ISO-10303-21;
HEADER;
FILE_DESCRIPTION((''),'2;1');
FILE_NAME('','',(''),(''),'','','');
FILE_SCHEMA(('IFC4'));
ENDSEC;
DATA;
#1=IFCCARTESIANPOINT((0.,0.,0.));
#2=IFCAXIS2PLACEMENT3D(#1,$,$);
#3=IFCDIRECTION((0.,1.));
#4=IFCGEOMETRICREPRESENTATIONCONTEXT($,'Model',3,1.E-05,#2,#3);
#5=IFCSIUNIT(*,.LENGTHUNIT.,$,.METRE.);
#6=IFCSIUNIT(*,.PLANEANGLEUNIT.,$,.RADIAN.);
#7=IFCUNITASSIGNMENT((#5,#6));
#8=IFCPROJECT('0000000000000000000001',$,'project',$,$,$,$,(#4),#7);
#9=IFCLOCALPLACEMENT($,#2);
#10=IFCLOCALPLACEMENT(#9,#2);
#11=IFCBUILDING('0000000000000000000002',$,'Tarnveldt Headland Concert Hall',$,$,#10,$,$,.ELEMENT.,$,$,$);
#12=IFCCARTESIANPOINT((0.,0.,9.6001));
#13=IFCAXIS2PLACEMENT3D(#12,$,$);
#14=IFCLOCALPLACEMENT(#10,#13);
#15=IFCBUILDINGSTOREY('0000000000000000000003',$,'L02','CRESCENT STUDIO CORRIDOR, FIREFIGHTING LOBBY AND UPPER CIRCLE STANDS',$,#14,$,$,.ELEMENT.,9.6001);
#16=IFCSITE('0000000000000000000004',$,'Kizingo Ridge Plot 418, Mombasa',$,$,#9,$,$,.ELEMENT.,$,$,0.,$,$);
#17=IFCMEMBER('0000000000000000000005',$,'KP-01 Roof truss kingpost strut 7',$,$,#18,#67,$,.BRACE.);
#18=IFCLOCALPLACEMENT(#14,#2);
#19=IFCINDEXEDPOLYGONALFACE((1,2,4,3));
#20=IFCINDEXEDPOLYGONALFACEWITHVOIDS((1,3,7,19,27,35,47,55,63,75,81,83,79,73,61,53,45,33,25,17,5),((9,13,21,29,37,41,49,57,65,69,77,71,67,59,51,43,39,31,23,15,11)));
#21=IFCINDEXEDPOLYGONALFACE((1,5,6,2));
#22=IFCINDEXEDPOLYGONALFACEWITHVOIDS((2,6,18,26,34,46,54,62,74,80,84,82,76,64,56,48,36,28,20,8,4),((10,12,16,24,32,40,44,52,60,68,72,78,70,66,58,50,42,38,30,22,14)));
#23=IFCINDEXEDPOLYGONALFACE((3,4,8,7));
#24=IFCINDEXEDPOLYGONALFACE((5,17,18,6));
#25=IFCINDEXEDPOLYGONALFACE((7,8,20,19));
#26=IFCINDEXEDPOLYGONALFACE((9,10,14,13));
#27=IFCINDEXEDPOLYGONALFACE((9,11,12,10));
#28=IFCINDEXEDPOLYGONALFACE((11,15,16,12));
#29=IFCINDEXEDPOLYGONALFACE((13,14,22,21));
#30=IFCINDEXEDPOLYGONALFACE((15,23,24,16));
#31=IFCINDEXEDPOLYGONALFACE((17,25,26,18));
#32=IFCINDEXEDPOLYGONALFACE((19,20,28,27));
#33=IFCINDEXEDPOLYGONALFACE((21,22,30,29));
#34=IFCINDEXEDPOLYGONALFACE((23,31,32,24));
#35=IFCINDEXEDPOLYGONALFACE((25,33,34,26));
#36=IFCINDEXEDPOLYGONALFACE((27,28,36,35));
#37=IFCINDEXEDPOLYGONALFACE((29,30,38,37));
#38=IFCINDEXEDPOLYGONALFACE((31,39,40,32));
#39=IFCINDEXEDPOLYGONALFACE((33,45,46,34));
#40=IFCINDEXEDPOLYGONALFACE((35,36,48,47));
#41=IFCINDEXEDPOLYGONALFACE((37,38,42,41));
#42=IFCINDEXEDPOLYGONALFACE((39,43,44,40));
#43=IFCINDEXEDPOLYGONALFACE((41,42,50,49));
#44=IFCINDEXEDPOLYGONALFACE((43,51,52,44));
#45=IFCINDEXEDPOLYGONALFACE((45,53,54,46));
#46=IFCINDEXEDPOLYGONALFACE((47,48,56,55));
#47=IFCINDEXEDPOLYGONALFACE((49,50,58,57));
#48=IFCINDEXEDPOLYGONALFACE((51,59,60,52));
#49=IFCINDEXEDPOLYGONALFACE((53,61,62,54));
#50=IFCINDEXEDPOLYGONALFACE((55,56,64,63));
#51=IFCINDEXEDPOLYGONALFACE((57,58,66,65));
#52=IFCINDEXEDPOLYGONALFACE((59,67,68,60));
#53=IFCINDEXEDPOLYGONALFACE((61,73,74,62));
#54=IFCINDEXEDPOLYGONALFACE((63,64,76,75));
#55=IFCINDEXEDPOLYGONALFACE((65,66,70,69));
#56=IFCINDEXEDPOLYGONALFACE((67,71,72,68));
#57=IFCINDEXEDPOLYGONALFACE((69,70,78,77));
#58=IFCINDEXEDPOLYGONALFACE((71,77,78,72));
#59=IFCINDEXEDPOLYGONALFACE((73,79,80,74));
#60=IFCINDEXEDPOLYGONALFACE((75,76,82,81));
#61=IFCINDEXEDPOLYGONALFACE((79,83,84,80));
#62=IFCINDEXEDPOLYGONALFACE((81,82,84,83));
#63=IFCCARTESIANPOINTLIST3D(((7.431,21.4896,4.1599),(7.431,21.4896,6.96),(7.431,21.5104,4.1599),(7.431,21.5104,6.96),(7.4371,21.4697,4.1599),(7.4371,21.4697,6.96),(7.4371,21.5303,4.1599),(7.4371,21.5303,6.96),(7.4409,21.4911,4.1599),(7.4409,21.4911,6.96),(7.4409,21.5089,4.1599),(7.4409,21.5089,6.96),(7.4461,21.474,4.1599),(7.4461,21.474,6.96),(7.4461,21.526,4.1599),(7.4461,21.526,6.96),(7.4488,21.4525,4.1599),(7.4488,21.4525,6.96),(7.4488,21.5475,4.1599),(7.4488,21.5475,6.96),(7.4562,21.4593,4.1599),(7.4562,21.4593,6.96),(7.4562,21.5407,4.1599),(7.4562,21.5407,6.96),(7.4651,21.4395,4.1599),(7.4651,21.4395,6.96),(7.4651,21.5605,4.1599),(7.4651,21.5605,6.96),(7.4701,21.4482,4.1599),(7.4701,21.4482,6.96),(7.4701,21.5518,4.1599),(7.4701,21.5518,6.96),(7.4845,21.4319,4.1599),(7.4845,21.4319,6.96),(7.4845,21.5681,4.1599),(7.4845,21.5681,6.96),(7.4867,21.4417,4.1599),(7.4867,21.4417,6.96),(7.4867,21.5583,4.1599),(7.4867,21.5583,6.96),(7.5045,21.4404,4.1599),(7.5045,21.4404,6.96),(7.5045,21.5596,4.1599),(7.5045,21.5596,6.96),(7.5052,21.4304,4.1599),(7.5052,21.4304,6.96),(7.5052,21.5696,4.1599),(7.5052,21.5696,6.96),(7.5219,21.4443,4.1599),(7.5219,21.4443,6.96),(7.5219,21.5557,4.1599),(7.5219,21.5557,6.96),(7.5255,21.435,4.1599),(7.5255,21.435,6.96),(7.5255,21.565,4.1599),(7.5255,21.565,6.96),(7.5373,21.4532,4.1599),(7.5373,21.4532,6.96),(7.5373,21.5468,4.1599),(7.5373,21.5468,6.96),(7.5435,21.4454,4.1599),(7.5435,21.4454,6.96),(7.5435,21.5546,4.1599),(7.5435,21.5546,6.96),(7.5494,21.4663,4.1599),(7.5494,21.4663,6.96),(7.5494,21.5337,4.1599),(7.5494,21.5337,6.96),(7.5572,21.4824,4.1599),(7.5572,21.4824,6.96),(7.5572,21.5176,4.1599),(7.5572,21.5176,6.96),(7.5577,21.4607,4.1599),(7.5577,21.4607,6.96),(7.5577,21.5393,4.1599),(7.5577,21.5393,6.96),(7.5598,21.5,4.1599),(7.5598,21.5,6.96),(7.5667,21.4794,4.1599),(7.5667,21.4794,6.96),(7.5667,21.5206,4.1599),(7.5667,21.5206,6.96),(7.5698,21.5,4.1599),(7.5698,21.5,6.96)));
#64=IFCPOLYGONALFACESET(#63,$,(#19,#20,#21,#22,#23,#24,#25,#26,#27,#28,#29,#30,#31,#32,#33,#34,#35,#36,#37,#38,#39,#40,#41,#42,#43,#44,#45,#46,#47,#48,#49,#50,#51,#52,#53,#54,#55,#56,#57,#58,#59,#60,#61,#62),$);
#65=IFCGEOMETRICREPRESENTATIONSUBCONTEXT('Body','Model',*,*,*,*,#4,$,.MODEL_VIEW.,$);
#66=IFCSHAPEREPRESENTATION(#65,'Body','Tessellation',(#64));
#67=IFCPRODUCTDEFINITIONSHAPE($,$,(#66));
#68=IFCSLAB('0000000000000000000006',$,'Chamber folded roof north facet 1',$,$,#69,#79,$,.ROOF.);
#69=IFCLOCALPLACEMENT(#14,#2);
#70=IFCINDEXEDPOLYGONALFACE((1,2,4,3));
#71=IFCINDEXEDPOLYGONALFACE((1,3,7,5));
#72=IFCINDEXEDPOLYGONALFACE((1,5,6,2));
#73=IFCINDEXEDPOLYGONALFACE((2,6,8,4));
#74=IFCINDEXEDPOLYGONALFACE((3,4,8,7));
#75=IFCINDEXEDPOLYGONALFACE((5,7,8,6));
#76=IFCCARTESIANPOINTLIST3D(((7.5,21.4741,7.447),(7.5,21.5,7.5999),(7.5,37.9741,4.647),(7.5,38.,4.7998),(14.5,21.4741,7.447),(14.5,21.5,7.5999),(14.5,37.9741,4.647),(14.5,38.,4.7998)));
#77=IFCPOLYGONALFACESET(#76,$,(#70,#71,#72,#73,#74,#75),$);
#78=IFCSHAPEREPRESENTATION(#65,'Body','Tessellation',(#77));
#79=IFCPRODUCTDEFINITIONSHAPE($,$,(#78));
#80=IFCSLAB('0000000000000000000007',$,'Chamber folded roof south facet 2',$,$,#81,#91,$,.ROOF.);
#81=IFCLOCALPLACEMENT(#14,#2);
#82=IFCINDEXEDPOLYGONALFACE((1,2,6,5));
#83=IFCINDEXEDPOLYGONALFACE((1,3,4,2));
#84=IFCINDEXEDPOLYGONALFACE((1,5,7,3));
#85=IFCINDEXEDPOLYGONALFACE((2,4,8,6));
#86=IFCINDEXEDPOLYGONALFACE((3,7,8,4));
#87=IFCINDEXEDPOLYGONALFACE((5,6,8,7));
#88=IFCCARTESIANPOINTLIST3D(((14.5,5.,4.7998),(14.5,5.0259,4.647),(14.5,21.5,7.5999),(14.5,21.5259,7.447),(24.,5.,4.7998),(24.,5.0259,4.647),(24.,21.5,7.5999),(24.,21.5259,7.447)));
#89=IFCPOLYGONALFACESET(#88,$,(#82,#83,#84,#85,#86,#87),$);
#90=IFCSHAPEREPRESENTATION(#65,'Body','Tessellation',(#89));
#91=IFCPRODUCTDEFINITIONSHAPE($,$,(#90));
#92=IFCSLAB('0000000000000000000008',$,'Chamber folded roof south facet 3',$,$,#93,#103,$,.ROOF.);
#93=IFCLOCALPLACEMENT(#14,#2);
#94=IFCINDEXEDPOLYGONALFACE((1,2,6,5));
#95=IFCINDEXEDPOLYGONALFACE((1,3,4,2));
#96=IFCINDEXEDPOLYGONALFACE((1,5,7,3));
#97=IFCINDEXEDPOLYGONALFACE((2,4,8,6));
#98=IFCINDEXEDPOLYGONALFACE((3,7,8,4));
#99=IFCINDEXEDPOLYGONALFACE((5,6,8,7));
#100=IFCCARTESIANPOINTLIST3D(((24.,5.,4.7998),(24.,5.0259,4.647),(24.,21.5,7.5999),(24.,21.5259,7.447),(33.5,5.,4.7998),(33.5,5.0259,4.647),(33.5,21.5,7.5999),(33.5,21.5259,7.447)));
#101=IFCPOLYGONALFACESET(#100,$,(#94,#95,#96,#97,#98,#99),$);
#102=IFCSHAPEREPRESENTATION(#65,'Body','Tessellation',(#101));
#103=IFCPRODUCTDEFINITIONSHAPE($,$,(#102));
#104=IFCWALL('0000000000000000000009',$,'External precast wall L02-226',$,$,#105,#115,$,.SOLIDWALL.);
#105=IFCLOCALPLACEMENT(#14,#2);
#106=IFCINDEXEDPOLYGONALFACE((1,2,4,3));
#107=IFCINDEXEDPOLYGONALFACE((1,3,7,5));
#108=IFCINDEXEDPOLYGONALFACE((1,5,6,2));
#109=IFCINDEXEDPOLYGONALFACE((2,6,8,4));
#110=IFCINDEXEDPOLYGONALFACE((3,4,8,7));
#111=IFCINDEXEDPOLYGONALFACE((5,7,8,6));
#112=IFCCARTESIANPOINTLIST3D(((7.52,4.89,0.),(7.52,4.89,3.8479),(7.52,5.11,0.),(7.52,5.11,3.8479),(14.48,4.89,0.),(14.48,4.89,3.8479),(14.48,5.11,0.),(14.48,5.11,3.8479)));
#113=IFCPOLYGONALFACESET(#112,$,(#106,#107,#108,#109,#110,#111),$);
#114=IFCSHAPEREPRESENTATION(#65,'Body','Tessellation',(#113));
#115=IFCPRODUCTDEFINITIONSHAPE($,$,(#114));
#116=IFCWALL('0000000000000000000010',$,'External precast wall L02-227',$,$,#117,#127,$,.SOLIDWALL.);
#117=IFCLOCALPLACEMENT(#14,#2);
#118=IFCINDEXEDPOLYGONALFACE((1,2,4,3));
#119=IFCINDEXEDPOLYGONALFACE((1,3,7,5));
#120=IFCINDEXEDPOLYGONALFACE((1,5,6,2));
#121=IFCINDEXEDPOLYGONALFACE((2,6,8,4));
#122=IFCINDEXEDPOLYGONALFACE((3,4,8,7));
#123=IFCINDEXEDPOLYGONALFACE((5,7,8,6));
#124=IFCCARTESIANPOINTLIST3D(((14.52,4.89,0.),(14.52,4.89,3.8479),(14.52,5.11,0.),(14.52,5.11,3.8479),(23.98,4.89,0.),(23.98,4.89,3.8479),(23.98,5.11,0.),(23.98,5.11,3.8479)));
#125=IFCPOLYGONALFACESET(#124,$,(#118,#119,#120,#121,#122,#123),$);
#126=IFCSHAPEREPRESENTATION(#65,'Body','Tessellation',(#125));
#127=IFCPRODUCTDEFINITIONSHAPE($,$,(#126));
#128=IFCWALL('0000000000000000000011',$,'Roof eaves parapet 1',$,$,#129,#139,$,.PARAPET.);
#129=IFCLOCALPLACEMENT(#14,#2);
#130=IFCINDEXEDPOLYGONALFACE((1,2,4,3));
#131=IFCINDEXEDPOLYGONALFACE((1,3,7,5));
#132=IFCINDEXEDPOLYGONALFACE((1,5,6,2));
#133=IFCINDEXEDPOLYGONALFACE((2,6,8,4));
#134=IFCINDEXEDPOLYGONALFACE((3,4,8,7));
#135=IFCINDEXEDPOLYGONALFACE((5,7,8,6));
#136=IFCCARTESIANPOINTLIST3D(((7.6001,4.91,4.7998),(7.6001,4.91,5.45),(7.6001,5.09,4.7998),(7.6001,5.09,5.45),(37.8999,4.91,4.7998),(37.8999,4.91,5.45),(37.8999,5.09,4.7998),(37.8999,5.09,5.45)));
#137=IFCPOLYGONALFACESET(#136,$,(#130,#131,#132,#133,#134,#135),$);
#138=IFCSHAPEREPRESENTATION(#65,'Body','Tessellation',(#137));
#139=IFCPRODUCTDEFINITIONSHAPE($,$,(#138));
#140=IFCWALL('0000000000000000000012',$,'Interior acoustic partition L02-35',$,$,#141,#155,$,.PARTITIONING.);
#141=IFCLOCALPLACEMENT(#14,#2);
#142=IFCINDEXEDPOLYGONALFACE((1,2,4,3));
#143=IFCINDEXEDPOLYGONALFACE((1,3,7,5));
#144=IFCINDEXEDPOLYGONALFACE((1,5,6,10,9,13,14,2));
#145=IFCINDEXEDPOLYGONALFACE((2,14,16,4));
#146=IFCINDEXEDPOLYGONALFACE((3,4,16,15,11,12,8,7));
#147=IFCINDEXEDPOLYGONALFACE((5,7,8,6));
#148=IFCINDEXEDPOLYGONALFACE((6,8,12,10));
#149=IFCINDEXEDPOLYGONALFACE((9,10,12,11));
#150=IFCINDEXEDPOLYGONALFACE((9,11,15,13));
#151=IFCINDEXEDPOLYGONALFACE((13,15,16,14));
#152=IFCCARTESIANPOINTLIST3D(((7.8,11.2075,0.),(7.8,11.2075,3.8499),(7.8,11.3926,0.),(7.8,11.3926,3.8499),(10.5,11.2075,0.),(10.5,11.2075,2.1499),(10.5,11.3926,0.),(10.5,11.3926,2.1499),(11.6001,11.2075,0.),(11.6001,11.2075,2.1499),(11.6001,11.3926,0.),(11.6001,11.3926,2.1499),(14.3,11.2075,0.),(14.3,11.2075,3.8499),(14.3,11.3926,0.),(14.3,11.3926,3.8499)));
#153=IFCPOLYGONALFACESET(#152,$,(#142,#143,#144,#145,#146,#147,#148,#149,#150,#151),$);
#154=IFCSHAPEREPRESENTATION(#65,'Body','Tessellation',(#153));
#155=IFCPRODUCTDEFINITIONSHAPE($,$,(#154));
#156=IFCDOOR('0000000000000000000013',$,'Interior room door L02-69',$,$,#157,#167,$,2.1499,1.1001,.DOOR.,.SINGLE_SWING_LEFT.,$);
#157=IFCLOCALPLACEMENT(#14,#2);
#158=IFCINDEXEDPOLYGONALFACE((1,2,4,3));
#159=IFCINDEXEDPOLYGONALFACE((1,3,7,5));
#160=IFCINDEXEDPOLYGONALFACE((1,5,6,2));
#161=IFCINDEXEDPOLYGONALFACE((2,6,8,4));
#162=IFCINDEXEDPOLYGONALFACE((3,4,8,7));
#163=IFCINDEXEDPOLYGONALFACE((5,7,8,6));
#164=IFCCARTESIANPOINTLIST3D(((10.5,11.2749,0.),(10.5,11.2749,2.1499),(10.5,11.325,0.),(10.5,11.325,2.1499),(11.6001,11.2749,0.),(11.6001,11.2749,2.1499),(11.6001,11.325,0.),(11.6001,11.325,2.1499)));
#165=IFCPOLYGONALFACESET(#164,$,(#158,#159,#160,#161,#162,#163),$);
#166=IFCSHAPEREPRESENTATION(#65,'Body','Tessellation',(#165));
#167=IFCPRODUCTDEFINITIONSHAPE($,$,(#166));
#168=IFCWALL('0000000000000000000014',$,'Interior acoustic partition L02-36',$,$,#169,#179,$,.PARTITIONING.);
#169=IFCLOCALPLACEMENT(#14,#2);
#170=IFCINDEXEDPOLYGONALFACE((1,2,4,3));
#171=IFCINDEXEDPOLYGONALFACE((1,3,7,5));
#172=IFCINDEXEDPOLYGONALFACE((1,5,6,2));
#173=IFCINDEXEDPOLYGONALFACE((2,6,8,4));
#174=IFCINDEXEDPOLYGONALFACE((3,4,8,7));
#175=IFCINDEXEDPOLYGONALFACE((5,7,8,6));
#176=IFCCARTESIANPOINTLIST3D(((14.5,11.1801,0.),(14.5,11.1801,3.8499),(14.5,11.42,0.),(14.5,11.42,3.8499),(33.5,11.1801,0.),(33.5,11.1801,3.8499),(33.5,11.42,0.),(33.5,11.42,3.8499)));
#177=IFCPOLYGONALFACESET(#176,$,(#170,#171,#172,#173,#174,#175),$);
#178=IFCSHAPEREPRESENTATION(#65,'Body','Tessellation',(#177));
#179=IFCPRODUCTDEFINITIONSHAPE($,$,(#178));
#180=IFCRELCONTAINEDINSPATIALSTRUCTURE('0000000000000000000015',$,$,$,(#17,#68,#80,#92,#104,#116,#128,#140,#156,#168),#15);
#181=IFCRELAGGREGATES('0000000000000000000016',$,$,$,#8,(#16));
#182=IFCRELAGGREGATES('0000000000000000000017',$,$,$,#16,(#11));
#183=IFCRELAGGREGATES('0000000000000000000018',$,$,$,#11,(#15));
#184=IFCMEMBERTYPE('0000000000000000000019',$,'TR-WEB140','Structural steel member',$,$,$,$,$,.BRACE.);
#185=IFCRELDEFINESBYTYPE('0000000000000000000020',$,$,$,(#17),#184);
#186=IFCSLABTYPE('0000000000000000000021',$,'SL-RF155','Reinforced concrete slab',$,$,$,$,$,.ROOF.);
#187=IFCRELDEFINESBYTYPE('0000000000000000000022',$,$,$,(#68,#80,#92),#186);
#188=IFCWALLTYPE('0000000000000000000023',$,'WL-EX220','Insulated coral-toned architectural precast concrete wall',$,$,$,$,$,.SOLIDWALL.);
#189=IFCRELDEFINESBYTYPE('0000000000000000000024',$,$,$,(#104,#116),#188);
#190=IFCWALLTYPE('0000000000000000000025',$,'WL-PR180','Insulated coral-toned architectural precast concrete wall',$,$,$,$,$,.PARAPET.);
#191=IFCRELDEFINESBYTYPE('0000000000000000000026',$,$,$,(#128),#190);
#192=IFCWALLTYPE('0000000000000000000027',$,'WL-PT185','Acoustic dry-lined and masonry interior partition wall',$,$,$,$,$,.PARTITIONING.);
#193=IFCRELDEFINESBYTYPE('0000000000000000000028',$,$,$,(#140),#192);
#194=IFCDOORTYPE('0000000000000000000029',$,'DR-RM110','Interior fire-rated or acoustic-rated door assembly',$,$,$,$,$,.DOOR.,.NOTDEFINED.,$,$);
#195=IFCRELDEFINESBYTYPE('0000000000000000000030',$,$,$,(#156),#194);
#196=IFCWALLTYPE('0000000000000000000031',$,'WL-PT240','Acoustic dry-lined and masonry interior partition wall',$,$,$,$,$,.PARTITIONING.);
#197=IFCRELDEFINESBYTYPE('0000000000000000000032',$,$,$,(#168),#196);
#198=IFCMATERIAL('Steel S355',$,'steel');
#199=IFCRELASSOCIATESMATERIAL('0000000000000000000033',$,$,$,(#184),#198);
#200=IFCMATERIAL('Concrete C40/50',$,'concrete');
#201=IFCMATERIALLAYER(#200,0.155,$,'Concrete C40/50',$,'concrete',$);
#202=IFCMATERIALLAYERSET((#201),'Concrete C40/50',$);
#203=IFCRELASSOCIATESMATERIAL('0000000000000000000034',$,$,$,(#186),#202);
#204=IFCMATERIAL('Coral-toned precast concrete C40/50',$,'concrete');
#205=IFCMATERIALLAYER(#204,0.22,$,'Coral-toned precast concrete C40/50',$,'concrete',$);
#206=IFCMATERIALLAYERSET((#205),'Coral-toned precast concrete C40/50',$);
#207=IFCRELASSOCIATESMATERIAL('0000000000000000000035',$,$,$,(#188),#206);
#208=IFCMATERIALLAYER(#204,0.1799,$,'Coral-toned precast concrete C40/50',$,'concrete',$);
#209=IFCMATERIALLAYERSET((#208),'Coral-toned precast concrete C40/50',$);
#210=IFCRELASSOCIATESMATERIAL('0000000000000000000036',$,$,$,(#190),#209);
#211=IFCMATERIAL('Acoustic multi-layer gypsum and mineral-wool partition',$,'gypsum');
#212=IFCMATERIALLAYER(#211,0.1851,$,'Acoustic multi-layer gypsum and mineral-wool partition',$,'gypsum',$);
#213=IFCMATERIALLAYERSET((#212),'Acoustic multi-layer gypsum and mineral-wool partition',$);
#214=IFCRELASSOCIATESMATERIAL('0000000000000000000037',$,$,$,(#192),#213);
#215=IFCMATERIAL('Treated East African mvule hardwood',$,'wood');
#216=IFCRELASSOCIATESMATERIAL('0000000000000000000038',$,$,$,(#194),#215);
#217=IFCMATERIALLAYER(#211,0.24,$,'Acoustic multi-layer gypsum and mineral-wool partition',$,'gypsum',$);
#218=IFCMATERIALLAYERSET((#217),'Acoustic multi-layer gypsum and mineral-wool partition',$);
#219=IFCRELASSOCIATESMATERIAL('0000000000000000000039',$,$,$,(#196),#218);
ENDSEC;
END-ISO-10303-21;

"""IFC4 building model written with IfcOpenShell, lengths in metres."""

from ifc_helpers import new_model, si_unit, direction, frame, frame_2d, origin, origin_2d, place, context, subcontext, project, spatial, polyline, rectangle, hollow_circle, outline, extrude, material, layer, layer_set, material_profile, profile_set, type_object, element, fill, save


model = new_model("IFC4")

# Units and contexts
model_context = context("Model", 3, precision=1e-05, world=origin(), true_north=direction((0.0, 1.0)))
body_context = subcontext(model_context, "Body", "Model", "MODEL_VIEW")
ifc_project = project(units=[si_unit("LENGTHUNIT", "METRE"), si_unit("PLANEANGLEUNIT", "RADIAN")], contexts=[model_context])

# Site, building, storey
site_placement = place(None, origin())
site = spatial("IfcSite", under=ifc_project, at=site_placement, Name="Kizingo Ridge Plot 418, Mombasa", CompositionType="ELEMENT", RefElevation=0.0)
building_placement = place(site_placement, origin())
building = spatial("IfcBuilding", under=site, at=building_placement, Name="Tarnveldt Headland Concert Hall", CompositionType="ELEMENT")
storey_placement = place(building_placement, frame((0.0, 0.0, 9.6001)))
storey = spatial("IfcBuildingStorey", under=building, at=storey_placement, Name="L02", Description="CRESCENT STUDIO CORRIDOR, FIREFIGHTING LOBBY AND UPPER CIRCLE STANDS", CompositionType="ELEMENT", Elevation=9.6001)

# Shared definitions
ifc_material_1 = material(Name="Steel S355", Category="steel")

# Member
ifc_material_profile_1 = material_profile(ifc_material_1, hollow_circle(Radius=0.0698, WallThickness=0.01, at=origin_2d()), Name="CHS 139.7x10", Category="steel")
ifc_profile_set_1 = profile_set([ifc_material_profile_1], Name="Steel S355")
member_type_1 = type_object("IfcMemberType", Name="TR-WEB140", Description="Structural steel member", PredefinedType="BRACE", material=ifc_profile_set_1)
member_placement = place(storey_placement, frame((7.5, 21.5, 4.1599), z_axis=(0.0, 0.0, 1.0), x_axis=(1.0, 0.0, 0.0)))
element("IfcMember", 1, at=member_placement, inside=storey, type_object=member_type_1, Name="KP-01 Roof truss kingpost strut 7", PredefinedType="BRACE", context=body_context, shape_type="SweptSolid", body=[
    extrude(hollow_circle(Radius=0.0698, WallThickness=0.01, at=origin_2d()), origin(), (0.0, 0.0, 1.0), 2.8),
])

# Slabs
ifc_material_2 = material(Name="Concrete C40/50", Category="concrete")
ifc_layer_1 = layer(ifc_material_2, 0.155, Name="Concrete C40/50", Category="concrete")
ifc_layer_set_1 = layer_set([ifc_layer_1], Name="Concrete C40/50")
slab_type = type_object("IfcSlabType", Name="SL-RF155", Description="Reinforced concrete slab", PredefinedType="ROOF", material=ifc_layer_set_1)
slab_placement = place(storey_placement, frame((7.5, 21.5, 7.5999), z_axis=(0.0, 0.167308, 0.985905), x_axis=(1.0, 0.0, 0.0)))
element("IfcSlab", 2, at=slab_placement, inside=storey, type_object=slab_type, Name="Chamber folded roof north facet 1", PredefinedType="ROOF", context=body_context, shape_type="SweptSolid", body=[
    extrude(outline(polyline([(0.0, 0.0), (7.0, 0.0), (7.0, 16.7359), (0.0, 16.7359), (0.0, 0.0)])), origin(), (0.0, 0.0, -1.0), 0.155),
])
for number, where, z_axis, x_axis, name in (
    (3, (14.5, 5.0, 4.7998), (0.0, -0.167308, 0.985905), (1.0, 0.0, 0.0), "Chamber folded roof south facet 2"),
    (4, (24.0, 5.0, 4.7998), (0.0, -0.167308, 0.985905), (1.0, 0.0, 0.0), "Chamber folded roof south facet 3"),
):
    element("IfcSlab", number, at=place(storey_placement, frame(where, z_axis=z_axis, x_axis=x_axis)), inside=storey, type_object=slab_type, Name=name, PredefinedType="ROOF", context=body_context, shape_type="SweptSolid", body=[
        extrude(outline(polyline([(0.0, 0.0), (9.5, 0.0), (9.5, 16.7359), (0.0, 16.7359), (0.0, 0.0)])), origin(), (0.0, 0.0, -1.0), 0.155),
    ])

# Walls
ifc_material_3 = material(Name="Coral-toned precast concrete C40/50", Category="concrete")
ifc_layer_2 = layer(ifc_material_3, 0.22, Name="Coral-toned precast concrete C40/50", Category="concrete")
ifc_layer_set_2 = layer_set([ifc_layer_2], Name="Coral-toned precast concrete C40/50")
wall_type_1 = type_object("IfcWallType", Name="WL-EX220", Description="Insulated coral-toned architectural precast concrete wall", PredefinedType="SOLIDWALL", material=ifc_layer_set_2)
wall_1_placement = place(storey_placement, frame((14.48, 5.0, 0.0), z_axis=(0.0, 0.0, 1.0), x_axis=(-1.0, 0.0, 0.0)))
element("IfcWall", 5, at=wall_1_placement, inside=storey, type_object=wall_type_1, Name="External precast wall L02-226", PredefinedType="SOLIDWALL", context=body_context, shape_type="SweptSolid", body=[
    extrude(rectangle(XDim=6.96, YDim=0.22, at=frame_2d((3.48, 0.0))), origin(), (0.0, 0.0, 1.0), 3.8479),
])
wall_2_placement = place(storey_placement, frame((23.98, 5.0, 0.0), z_axis=(0.0, 0.0, 1.0), x_axis=(-1.0, 0.0, 0.0)))
element("IfcWall", 6, at=wall_2_placement, inside=storey, type_object=wall_type_1, Name="External precast wall L02-227", PredefinedType="SOLIDWALL", context=body_context, shape_type="SweptSolid", body=[
    extrude(rectangle(XDim=9.46, YDim=0.22, at=frame_2d((4.73, 0.0))), origin(), (0.0, 0.0, 1.0), 3.8479),
])
ifc_layer_3 = layer(ifc_material_3, 0.1799, Name="Coral-toned precast concrete C40/50", Category="concrete")
ifc_layer_set_3 = layer_set([ifc_layer_3], Name="Coral-toned precast concrete C40/50")
wall_type_2 = type_object("IfcWallType", Name="WL-PR180", Description="Insulated coral-toned architectural precast concrete wall", PredefinedType="PARAPET", material=ifc_layer_set_3)
wall_3_placement = place(storey_placement, frame((7.6001, 5.0, 4.7998), z_axis=(0.0, 0.0, 1.0), x_axis=(1.0, 0.0, 0.0)))
element("IfcWall", 7, at=wall_3_placement, inside=storey, type_object=wall_type_2, Name="Roof eaves parapet 1", PredefinedType="PARAPET", context=body_context, shape_type="SweptSolid", body=[
    extrude(rectangle(XDim=30.2998, YDim=0.1799, at=frame_2d((15.1499, 0.0))), origin(), (0.0, 0.0, 1.0), 0.6501),
])

# Wall, opening, door
ifc_material_4 = material(Name="Acoustic multi-layer gypsum and mineral-wool partition", Category="gypsum")
ifc_layer_4 = layer(ifc_material_4, 0.1851, Name="Acoustic multi-layer gypsum and mineral-wool partition", Category="gypsum")
ifc_layer_set_4 = layer_set([ifc_layer_4], Name="Acoustic multi-layer gypsum and mineral-wool partition")
wall_type_3 = type_object("IfcWallType", Name="WL-PT185", Description="Acoustic dry-lined and masonry interior partition wall", PredefinedType="PARTITIONING", material=ifc_layer_set_4)
wall_4_placement = place(storey_placement, frame((7.8, 11.3, 0.0), z_axis=(0.0, 0.0, 1.0), x_axis=(1.0, 0.0, 0.0)))
wall_4 = element("IfcWall", 8, at=wall_4_placement, inside=storey, type_object=wall_type_3, Name="Interior acoustic partition L02-35", PredefinedType="PARTITIONING", context=body_context, shape_type="SweptSolid", body=[
    extrude(rectangle(XDim=6.5, YDim=0.1851, at=frame_2d((3.25, 0.0))), origin(), (0.0, 0.0, 1.0), 3.8499),
])
opening_placement = place(wall_4_placement, frame((2.7, 0.0, 0.0)))
opening = element("IfcOpeningElement", 9, at=opening_placement, cuts=wall_4, PredefinedType="OPENING", context=body_context, shape_type="SweptSolid", body=[
    extrude(rectangle(XDim=1.1001, YDim=2.1499, at=frame_2d((0.55, 1.075))), frame((0.0, 0.1025, 0.0), z_axis=(0.0, -1.0, 0.0), x_axis=(1.0, 0.0, 0.0)), (0.0, 0.0, 1.0), 0.2051),
])
ifc_material_5 = material(Name="Treated East African mvule hardwood", Category="wood")
door_type = type_object("IfcDoorType", Name="DR-RM110", Description="Interior fire-rated or acoustic-rated door assembly", OperationType="NOTDEFINED", PredefinedType="DOOR", material=ifc_material_5)
door_placement = place(opening_placement, origin())
door = element("IfcDoor", 10, at=door_placement, inside=storey, type_object=door_type, Name="Interior room door L02-69", OperationType="SINGLE_SWING_LEFT", OverallHeight=2.1499, OverallWidth=1.1001, PredefinedType="DOOR", context=body_context, shape_type="SweptSolid", body=[
    extrude(rectangle(XDim=1.1001, YDim=2.1499, at=frame_2d((0.55, 1.075))), frame((0.0, 0.0249, 0.0), z_axis=(0.0, -1.0, 0.0), x_axis=(1.0, 0.0, 0.0)), (0.0, 0.0, 1.0), 0.05),
])
fill(opening, door)

# Wall
ifc_layer_5 = layer(ifc_material_4, 0.24, Name="Acoustic multi-layer gypsum and mineral-wool partition", Category="gypsum")
ifc_layer_set_5 = layer_set([ifc_layer_5], Name="Acoustic multi-layer gypsum and mineral-wool partition")
wall_type_4 = type_object("IfcWallType", Name="WL-PT240", Description="Acoustic dry-lined and masonry interior partition wall", PredefinedType="PARTITIONING", material=ifc_layer_set_5)
wall_5_placement = place(storey_placement, frame((14.5, 11.3, 0.0), z_axis=(0.0, 0.0, 1.0), x_axis=(1.0, 0.0, 0.0)))
element("IfcWall", 11, at=wall_5_placement, inside=storey, type_object=wall_type_4, Name="Interior acoustic partition L02-36", PredefinedType="PARTITIONING", context=body_context, shape_type="SweptSolid", body=[
    extrude(rectangle(XDim=19.0, YDim=0.24, at=frame_2d((9.5, 0.0))), origin(), (0.0, 0.0, 1.0), 3.8499),
])

save(model, "model.ifc")
